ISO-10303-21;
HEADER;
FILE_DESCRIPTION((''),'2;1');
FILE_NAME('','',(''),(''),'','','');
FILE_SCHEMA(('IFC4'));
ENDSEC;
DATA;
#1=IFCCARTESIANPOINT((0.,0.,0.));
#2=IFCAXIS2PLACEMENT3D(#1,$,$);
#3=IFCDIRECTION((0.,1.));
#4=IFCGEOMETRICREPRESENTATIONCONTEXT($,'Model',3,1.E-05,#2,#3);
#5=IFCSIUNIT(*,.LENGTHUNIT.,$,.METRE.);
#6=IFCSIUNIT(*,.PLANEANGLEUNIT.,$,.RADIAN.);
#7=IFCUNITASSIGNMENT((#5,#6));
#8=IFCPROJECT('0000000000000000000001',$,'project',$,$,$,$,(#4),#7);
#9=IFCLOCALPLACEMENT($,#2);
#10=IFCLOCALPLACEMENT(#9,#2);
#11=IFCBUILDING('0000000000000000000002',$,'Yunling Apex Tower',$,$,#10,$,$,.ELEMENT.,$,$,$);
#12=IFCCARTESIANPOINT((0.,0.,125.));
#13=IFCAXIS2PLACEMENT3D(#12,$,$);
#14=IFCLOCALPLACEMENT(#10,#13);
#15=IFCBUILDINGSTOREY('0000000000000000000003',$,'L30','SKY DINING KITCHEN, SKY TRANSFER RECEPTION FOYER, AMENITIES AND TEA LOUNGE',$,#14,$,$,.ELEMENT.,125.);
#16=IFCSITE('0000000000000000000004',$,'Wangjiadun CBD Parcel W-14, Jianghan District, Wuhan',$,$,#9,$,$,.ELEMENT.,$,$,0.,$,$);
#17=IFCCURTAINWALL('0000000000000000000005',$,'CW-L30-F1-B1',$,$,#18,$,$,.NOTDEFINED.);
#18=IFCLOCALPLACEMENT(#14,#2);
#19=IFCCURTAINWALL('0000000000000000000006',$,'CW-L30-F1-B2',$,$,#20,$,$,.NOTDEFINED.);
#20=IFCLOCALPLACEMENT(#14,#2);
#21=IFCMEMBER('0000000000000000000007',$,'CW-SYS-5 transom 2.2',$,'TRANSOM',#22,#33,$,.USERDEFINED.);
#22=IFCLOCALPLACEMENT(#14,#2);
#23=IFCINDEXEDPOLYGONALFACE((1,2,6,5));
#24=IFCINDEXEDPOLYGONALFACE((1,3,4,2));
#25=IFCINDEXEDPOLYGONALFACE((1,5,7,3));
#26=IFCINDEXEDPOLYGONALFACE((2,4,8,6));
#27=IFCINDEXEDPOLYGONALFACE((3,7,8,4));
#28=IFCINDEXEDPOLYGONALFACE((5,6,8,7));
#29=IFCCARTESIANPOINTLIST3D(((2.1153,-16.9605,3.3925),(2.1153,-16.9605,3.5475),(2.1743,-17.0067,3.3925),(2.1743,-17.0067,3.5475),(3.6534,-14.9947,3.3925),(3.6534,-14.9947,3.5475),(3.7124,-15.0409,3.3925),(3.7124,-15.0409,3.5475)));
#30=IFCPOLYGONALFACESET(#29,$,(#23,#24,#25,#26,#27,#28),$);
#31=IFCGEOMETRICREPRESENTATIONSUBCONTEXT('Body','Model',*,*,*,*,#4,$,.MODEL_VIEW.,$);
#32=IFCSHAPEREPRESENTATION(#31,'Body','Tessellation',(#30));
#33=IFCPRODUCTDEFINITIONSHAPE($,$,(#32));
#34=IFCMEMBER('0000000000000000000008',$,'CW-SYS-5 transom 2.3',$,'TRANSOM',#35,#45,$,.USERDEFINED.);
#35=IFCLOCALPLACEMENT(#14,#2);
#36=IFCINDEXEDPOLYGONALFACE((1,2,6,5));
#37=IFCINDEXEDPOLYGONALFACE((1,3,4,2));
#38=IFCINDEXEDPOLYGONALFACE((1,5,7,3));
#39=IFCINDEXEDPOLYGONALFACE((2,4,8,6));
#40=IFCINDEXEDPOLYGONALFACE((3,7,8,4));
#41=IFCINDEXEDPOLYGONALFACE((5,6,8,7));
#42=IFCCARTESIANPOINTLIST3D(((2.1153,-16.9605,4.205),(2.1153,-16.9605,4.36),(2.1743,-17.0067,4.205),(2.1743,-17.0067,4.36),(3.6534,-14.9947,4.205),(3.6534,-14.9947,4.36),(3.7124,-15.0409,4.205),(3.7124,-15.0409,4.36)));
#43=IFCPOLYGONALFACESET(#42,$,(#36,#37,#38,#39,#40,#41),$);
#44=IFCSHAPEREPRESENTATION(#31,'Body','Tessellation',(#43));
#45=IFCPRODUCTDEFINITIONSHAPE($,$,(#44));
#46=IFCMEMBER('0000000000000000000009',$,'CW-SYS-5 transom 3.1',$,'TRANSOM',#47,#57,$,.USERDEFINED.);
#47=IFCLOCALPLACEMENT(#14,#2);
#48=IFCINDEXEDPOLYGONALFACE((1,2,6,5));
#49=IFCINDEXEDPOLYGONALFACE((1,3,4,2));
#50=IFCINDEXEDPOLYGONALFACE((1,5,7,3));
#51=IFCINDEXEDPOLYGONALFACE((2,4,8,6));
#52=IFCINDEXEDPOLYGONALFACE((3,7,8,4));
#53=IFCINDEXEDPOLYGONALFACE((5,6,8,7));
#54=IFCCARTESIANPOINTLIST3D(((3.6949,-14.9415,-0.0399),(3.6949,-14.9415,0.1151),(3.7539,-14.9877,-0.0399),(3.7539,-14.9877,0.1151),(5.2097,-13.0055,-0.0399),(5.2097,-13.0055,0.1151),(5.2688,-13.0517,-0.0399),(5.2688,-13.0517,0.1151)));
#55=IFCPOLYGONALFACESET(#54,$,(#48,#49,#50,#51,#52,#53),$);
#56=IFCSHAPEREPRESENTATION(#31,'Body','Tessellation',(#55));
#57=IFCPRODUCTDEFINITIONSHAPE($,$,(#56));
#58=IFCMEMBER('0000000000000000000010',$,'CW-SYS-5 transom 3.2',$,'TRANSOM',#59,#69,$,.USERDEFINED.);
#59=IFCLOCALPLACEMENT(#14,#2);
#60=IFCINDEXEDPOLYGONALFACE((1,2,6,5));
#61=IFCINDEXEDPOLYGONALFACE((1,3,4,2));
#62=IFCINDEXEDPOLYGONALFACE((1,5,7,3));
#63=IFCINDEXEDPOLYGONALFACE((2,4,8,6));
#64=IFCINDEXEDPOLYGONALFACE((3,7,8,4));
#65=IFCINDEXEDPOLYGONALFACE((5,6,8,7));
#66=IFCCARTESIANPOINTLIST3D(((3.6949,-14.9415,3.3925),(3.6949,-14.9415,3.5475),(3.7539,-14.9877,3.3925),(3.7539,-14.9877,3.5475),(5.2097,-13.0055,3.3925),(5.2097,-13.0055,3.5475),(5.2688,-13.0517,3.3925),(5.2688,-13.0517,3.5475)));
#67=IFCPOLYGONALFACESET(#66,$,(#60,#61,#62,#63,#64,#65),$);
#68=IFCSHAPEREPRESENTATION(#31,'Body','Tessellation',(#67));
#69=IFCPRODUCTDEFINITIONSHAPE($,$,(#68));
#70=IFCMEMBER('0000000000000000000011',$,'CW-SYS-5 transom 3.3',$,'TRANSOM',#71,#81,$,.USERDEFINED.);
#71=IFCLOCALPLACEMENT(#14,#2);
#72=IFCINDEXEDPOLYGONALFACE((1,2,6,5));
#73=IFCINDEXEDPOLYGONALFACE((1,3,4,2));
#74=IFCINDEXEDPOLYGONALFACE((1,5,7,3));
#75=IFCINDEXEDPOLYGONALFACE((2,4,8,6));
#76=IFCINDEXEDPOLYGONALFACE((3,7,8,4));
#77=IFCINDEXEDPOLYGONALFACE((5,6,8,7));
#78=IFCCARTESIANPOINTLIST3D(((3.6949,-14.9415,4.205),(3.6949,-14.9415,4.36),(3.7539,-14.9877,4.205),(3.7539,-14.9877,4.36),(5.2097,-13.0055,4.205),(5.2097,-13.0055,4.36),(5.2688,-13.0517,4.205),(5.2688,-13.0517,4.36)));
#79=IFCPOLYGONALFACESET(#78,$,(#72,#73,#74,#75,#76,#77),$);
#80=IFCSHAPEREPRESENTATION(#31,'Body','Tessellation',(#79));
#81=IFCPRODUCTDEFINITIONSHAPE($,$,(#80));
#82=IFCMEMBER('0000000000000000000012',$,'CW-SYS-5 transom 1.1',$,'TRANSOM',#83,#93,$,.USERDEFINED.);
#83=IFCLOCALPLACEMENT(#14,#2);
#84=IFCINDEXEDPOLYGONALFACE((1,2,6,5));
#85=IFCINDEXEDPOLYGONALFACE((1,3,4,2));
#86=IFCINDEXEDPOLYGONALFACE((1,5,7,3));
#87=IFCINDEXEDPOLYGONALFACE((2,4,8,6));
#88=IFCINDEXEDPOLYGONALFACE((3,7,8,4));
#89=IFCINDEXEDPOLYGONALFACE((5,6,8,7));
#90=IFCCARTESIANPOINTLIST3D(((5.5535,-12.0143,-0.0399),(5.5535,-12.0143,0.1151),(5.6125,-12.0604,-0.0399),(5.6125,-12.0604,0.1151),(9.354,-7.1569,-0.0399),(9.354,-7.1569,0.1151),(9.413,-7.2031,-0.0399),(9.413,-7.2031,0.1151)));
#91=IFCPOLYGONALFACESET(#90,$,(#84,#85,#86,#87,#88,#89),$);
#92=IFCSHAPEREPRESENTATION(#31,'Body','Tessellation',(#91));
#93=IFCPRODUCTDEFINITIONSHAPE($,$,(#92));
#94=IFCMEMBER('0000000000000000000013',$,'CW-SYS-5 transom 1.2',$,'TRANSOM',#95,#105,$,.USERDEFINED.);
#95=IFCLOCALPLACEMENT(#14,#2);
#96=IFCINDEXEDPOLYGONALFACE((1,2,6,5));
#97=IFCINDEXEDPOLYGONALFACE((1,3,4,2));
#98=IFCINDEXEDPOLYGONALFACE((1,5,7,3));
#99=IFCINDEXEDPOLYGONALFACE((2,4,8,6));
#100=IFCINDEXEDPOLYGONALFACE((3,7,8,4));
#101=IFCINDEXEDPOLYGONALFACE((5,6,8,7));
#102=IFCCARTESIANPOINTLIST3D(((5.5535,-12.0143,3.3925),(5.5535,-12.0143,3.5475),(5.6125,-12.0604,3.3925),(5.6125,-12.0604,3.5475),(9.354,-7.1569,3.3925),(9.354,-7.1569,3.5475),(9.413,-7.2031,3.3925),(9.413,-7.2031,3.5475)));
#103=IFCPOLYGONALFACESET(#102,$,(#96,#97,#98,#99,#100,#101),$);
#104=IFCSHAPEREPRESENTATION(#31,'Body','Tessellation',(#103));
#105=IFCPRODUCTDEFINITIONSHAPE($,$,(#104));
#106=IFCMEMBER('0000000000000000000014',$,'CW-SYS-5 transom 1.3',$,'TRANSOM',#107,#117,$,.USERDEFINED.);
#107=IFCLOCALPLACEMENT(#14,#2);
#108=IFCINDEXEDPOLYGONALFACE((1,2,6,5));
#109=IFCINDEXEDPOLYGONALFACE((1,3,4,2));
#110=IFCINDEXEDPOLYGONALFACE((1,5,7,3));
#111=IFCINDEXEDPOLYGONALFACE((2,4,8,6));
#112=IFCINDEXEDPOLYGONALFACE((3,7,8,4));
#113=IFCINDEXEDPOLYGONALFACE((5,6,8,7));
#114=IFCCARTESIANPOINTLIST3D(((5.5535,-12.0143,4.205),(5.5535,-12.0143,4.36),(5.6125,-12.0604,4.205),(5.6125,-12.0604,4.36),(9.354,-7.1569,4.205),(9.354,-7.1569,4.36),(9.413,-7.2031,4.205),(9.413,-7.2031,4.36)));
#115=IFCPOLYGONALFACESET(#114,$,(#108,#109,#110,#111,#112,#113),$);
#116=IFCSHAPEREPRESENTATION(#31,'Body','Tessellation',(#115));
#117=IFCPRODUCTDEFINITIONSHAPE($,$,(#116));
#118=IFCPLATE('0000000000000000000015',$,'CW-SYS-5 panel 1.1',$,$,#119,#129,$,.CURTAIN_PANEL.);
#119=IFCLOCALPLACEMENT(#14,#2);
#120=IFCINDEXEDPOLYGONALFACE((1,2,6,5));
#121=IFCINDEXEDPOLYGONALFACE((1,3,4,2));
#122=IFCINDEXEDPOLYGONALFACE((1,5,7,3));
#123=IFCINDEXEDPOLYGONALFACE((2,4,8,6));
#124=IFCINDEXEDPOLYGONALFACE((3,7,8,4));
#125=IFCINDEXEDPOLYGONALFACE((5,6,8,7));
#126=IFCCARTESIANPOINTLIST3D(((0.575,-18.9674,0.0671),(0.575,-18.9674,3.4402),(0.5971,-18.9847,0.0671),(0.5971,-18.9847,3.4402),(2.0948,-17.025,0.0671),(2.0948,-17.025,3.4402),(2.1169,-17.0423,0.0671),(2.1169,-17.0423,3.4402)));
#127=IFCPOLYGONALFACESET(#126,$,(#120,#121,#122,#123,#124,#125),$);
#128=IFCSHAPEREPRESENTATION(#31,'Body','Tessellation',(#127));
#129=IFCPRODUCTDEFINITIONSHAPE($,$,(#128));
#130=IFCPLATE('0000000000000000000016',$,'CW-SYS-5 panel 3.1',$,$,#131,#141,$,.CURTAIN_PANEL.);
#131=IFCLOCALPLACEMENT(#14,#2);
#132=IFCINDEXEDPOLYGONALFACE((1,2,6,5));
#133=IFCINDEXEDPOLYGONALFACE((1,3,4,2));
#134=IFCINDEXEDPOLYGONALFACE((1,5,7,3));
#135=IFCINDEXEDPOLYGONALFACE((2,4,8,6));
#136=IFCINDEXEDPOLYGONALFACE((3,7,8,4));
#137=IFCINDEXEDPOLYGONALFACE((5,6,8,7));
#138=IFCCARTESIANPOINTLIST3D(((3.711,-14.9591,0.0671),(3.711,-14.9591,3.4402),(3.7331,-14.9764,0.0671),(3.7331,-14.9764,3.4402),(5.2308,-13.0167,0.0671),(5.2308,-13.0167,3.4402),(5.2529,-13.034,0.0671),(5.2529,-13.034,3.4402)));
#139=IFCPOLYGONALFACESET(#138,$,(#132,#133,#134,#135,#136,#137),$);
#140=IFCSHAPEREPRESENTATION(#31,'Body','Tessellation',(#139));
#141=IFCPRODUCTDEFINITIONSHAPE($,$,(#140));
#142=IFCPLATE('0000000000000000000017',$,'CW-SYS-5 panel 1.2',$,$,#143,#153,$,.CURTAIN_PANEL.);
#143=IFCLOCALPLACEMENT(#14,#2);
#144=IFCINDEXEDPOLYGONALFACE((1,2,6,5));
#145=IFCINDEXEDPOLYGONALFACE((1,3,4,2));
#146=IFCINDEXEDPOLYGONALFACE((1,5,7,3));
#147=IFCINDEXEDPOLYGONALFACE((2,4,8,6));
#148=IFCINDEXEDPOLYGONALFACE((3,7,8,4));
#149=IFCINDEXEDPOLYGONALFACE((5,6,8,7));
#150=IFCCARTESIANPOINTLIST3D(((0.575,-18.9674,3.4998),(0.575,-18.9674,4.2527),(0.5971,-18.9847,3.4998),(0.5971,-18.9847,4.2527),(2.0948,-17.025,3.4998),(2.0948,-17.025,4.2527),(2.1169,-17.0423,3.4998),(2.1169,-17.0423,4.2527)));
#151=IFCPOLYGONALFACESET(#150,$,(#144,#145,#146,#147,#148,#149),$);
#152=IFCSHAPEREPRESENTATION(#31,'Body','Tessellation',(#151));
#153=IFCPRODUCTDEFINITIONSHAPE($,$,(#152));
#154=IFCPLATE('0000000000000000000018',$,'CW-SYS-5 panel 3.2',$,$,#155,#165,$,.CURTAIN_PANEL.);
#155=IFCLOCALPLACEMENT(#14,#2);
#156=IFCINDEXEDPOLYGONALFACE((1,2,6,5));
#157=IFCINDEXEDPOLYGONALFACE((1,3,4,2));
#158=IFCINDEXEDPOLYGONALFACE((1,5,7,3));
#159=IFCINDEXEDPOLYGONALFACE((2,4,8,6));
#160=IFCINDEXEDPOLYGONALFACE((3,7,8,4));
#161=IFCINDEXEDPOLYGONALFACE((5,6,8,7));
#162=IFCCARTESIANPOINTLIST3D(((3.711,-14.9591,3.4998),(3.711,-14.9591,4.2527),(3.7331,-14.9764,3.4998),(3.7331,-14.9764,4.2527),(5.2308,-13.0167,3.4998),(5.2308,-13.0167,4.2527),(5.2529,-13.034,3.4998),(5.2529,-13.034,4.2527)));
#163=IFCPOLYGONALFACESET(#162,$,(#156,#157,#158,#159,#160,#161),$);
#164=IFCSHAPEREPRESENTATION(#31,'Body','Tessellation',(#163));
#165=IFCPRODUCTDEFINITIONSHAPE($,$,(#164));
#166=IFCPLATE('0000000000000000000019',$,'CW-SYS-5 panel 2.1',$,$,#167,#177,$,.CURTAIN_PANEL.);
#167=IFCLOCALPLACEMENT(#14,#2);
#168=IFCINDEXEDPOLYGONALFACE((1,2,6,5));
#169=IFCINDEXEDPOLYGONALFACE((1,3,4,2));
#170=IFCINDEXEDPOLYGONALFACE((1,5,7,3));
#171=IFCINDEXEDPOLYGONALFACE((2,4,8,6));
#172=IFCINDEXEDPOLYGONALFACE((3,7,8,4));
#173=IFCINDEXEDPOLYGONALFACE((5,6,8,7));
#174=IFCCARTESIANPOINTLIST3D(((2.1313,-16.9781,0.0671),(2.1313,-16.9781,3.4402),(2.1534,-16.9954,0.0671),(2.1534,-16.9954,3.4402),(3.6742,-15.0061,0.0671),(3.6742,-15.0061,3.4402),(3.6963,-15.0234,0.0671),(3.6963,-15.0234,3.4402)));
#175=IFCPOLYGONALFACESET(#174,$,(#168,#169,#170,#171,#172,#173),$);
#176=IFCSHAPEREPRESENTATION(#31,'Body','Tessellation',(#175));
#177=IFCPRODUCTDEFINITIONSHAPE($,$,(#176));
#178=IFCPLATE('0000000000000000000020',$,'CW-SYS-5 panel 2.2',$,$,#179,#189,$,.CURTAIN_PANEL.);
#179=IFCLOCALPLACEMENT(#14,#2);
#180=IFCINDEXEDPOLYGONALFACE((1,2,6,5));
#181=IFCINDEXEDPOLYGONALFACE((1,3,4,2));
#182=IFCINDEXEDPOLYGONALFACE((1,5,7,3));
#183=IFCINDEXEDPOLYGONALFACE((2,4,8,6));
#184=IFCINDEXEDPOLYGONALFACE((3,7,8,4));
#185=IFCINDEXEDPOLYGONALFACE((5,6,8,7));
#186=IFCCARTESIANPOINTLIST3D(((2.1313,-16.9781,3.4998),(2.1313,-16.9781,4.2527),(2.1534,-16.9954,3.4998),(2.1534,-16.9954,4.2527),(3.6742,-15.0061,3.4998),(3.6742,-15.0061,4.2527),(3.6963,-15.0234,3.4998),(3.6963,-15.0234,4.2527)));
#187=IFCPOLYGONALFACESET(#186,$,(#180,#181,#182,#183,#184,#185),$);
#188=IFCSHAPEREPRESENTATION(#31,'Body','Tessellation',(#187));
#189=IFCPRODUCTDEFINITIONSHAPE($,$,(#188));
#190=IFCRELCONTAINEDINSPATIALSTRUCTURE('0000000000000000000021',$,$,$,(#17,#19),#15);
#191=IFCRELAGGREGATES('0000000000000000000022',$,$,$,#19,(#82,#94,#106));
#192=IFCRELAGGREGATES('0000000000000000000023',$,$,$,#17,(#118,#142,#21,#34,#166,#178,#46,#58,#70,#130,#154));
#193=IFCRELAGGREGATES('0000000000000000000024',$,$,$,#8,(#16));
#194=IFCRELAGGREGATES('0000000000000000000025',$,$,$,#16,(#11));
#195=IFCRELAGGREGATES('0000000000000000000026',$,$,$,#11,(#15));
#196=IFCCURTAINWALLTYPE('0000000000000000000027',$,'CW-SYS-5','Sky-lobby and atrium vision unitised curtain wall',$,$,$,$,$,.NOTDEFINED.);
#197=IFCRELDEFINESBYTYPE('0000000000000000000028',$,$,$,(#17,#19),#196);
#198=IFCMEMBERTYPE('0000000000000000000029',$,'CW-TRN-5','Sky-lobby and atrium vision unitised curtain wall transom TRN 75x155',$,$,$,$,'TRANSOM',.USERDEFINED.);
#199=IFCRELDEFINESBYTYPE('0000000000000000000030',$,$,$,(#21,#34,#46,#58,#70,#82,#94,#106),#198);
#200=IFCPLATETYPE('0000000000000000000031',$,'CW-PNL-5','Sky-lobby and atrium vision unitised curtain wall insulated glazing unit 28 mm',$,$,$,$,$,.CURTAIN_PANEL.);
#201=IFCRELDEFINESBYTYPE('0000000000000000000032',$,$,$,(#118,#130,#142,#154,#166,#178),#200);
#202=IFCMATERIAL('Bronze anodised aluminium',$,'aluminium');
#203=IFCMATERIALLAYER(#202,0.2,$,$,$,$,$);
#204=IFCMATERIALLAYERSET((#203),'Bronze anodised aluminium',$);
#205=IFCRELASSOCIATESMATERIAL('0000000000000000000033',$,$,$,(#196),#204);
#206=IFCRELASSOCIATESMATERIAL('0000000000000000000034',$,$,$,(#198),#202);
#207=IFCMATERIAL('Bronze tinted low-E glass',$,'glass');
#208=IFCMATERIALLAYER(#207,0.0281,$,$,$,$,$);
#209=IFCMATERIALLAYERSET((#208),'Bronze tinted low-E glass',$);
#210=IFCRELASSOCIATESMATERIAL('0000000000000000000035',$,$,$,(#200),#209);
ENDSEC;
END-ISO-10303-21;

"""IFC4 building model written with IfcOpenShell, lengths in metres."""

from ifc_helpers import new_model, si_unit, direction, frame, origin, origin_2d, place, context, subcontext, project, spatial, rectangle, extrude, source, transform, mapped, material, layer, layer_set, material_profile, profile_set, type_object, element, aggregate, save


model = new_model("IFC4")

# Units and contexts
model_context = context("Model", 3, precision=1e-05, world=origin(), true_north=direction((0.0, 1.0)))
body_context = subcontext(model_context, "Body", "Model", "MODEL_VIEW")
ifc_project = project(units=[si_unit("LENGTHUNIT", "METRE"), si_unit("PLANEANGLEUNIT", "RADIAN")], contexts=[model_context])

# Site, building, storey
site_placement = place(None, origin())
site = spatial("IfcSite", under=ifc_project, at=site_placement, Name="Wangjiadun CBD Parcel W-14, Jianghan District, Wuhan", CompositionType="ELEMENT", RefElevation=0.0)
building_placement = place(site_placement, origin())
building = spatial("IfcBuilding", under=site, at=building_placement, Name="Yunling Apex Tower", CompositionType="ELEMENT")
storey_placement = place(building_placement, frame((0.0, 0.0, 125.0)))
storey = spatial("IfcBuildingStorey", under=building, at=storey_placement, Name="L30", Description="SKY DINING KITCHEN, SKY TRANSFER RECEPTION FOYER, AMENITIES AND TEA LOUNGE", CompositionType="ELEMENT", Elevation=125.0)

# Curtain wall
ifc_material_1 = material(Name="Bronze anodised aluminium", Category="aluminium")
ifc_layer_1 = layer(ifc_material_1, 0.2)
ifc_layer_set_1 = layer_set([ifc_layer_1], Name="Bronze anodised aluminium")
curtain_wall_type = type_object("IfcCurtainWallType", Name="CW-SYS-5", Description="Sky-lobby and atrium vision unitised curtain wall", PredefinedType="NOTDEFINED", material=ifc_layer_set_1)
curtain_wall_1_placement = place(storey_placement, origin())
curtain_wall_1 = element("IfcCurtainWall", 1, at=curtain_wall_1_placement, inside=storey, type_object=curtain_wall_type, Name="CW-L30-F1-B1", PredefinedType="NOTDEFINED")

# Curtain wall
curtain_wall_2_placement = place(storey_placement, origin())
curtain_wall_2 = element("IfcCurtainWall", 2, at=curtain_wall_2_placement, inside=storey, type_object=curtain_wall_type, Name="CW-L30-F1-B2", PredefinedType="NOTDEFINED")

# Members
ifc_material_profile_1 = material_profile(ifc_material_1, rectangle(XDim=0.075, YDim=0.155, at=origin_2d()))
ifc_profile_set_1 = profile_set([ifc_material_profile_1], Name="Bronze anodised aluminium")
member_type_1 = type_object("IfcMemberType", Name="CW-TRN-5", Description="Sky-lobby and atrium vision unitised curtain wall transom TRN 75x155", ElementType="TRANSOM", PredefinedType="USERDEFINED", material=ifc_profile_set_1)
shared_shape_1 = source(origin(), body_context, "Body", "SweptSolid", [
    extrude(rectangle(XDim=0.075, YDim=0.155, at=origin_2d()), origin(), (0.0, 0.0, 1.0), 2.4961),
])
member_1_placement = place(storey_placement, frame((2.1448, -16.9836, 3.47), z_axis=(0.616213, 0.787579, 0.0), x_axis=(-0.787579, 0.616213, 0.0)))
member_1 = element("IfcMember", 3, at=member_1_placement, type_object=member_type_1, Name="CW-SYS-5 transom 2.2", ObjectType="TRANSOM", PredefinedType="USERDEFINED", context=body_context, shape_type="MappedRepresentation", body=[
    mapped(shared_shape_1, transform((0.0, 0.0, 0.0), scale=1.0)),
])
member_2_placement = place(storey_placement, frame((2.1448, -16.9836, 4.2825), z_axis=(0.616213, 0.787579, 0.0), x_axis=(-0.787579, 0.616213, 0.0)))
member_2 = element("IfcMember", 4, at=member_2_placement, type_object=member_type_1, Name="CW-SYS-5 transom 2.3", ObjectType="TRANSOM", PredefinedType="USERDEFINED", context=body_context, shape_type="MappedRepresentation", body=[
    mapped(shared_shape_1, transform((0.0, 0.0, 0.0), scale=1.0)),
])
shared_shape_2 = source(origin(), body_context, "Body", "SweptSolid", [
    extrude(rectangle(XDim=0.075, YDim=0.155, at=origin_2d()), origin(), (0.0, 0.0, 1.0), 2.4583),
])
member_3_placement = place(storey_placement, frame((3.7244, -14.9646, 0.0376), z_axis=(0.616241, 0.787557, 0.0), x_axis=(-0.787557, 0.616241, 0.0)))
member_3 = element("IfcMember", 5, at=member_3_placement, type_object=member_type_1, Name="CW-SYS-5 transom 3.1", ObjectType="TRANSOM", PredefinedType="USERDEFINED", context=body_context, shape_type="MappedRepresentation", body=[
    mapped(shared_shape_2, transform((0.0, 0.0, 0.0), scale=1.0)),
])
member_4_placement = place(storey_placement, frame((3.7244, -14.9646, 3.47), z_axis=(0.616241, 0.787557, 0.0), x_axis=(-0.787557, 0.616241, 0.0)))
member_4 = element("IfcMember", 6, at=member_4_placement, type_object=member_type_1, Name="CW-SYS-5 transom 3.2", ObjectType="TRANSOM", PredefinedType="USERDEFINED", context=body_context, shape_type="MappedRepresentation", body=[
    mapped(shared_shape_2, transform((0.0, 0.0, 0.0), scale=1.0)),
])
member_5_placement = place(storey_placement, frame((3.7244, -14.9646, 4.2825), z_axis=(0.616241, 0.787557, 0.0), x_axis=(-0.787557, 0.616241, 0.0)))
member_5 = element("IfcMember", 7, at=member_5_placement, type_object=member_type_1, Name="CW-SYS-5 transom 3.3", ObjectType="TRANSOM", PredefinedType="USERDEFINED", context=body_context, shape_type="MappedRepresentation", body=[
    mapped(shared_shape_2, transform((0.0, 0.0, 0.0), scale=1.0)),
])
shared_shape_3 = source(origin(), body_context, "Body", "SweptSolid", [
    extrude(rectangle(XDim=0.075, YDim=0.155, at=origin_2d()), origin(), (0.0, 0.0, 1.0), 6.1675),
])
member_6_placement = place(storey_placement, frame((5.583, -12.0374, 0.0376), z_axis=(0.616215, 0.787578, 0.0), x_axis=(-0.787578, 0.616215, 0.0)))
member_6 = element("IfcMember", 8, at=member_6_placement, type_object=member_type_1, Name="CW-SYS-5 transom 1.1", ObjectType="TRANSOM", PredefinedType="USERDEFINED", context=body_context, shape_type="MappedRepresentation", body=[
    mapped(shared_shape_3, transform((0.0, 0.0, 0.0), scale=1.0)),
])
member_7_placement = place(storey_placement, frame((5.583, -12.0374, 3.47), z_axis=(0.616215, 0.787578, 0.0), x_axis=(-0.787578, 0.616215, 0.0)))
member_7 = element("IfcMember", 9, at=member_7_placement, type_object=member_type_1, Name="CW-SYS-5 transom 1.2", ObjectType="TRANSOM", PredefinedType="USERDEFINED", context=body_context, shape_type="MappedRepresentation", body=[
    mapped(shared_shape_3, transform((0.0, 0.0, 0.0), scale=1.0)),
])
member_8_placement = place(storey_placement, frame((5.583, -12.0374, 4.2825), z_axis=(0.616215, 0.787578, 0.0), x_axis=(-0.787578, 0.616215, 0.0)))
member_8 = element("IfcMember", 10, at=member_8_placement, type_object=member_type_1, Name="CW-SYS-5 transom 1.3", ObjectType="TRANSOM", PredefinedType="USERDEFINED", context=body_context, shape_type="MappedRepresentation", body=[
    mapped(shared_shape_3, transform((0.0, 0.0, 0.0), scale=1.0)),
])
aggregate(curtain_wall_2, [member_6, member_7, member_8])

# Plates
ifc_material_2 = material(Name="Bronze tinted low-E glass", Category="glass")
ifc_layer_2 = layer(ifc_material_2, 0.0281)
ifc_layer_set_2 = layer_set([ifc_layer_2], Name="Bronze tinted low-E glass")
plate_type = type_object("IfcPlateType", Name="CW-PNL-5", Description="Sky-lobby and atrium vision unitised curtain wall insulated glazing unit 28 mm", PredefinedType="CURTAIN_PANEL", material=ifc_layer_set_2)
shared_shape_4 = source(origin(), body_context, "Body", "SweptSolid", [
    extrude(rectangle(XDim=2.4663, YDim=0.0281, at=origin_2d()), origin(), (0.0, 0.0, 1.0), 3.373),
])
plate_1_placement = place(storey_placement, frame((1.3459, -18.0049, 0.0671), z_axis=(0.0, 0.0, 1.0), x_axis=(0.616208, 0.787584, 0.0)))
plate_1 = element("IfcPlate", 11, at=plate_1_placement, type_object=plate_type, Name="CW-SYS-5 panel 1.1", PredefinedType="CURTAIN_PANEL", context=body_context, shape_type="MappedRepresentation", body=[
    mapped(shared_shape_4, transform((0.0, 0.0, 0.0), scale=1.0)),
])
plate_2_placement = place(storey_placement, frame((4.4819, -13.9966, 0.0671), z_axis=(0.0, 0.0, 1.0), x_axis=(0.616208, 0.787584, 0.0)))
plate_2 = element("IfcPlate", 12, at=plate_2_placement, type_object=plate_type, Name="CW-SYS-5 panel 3.1", PredefinedType="CURTAIN_PANEL", context=body_context, shape_type="MappedRepresentation", body=[
    mapped(shared_shape_4, transform((0.0, 0.0, 0.0), scale=1.0)),
])
shared_shape_5 = source(origin(), body_context, "Body", "SweptSolid", [
    extrude(rectangle(XDim=2.4663, YDim=0.0281, at=origin_2d()), origin(), (0.0, 0.0, 1.0), 0.7529),
])
plate_3_placement = place(storey_placement, frame((1.3459, -18.0049, 3.4998), z_axis=(0.0, 0.0, 1.0), x_axis=(0.616208, 0.787584, 0.0)))
plate_3 = element("IfcPlate", 13, at=plate_3_placement, type_object=plate_type, Name="CW-SYS-5 panel 1.2", PredefinedType="CURTAIN_PANEL", context=body_context, shape_type="MappedRepresentation", body=[
    mapped(shared_shape_5, transform((0.0, 0.0, 0.0), scale=1.0)),
])
plate_4_placement = place(storey_placement, frame((4.4819, -13.9966, 3.4998), z_axis=(0.0, 0.0, 1.0), x_axis=(0.616208, 0.787584, 0.0)))
plate_4 = element("IfcPlate", 14, at=plate_4_placement, type_object=plate_type, Name="CW-SYS-5 panel 3.2", PredefinedType="CURTAIN_PANEL", context=body_context, shape_type="MappedRepresentation", body=[
    mapped(shared_shape_5, transform((0.0, 0.0, 0.0), scale=1.0)),
])
shared_shape_6 = source(origin(), body_context, "Body", "SweptSolid", [
    extrude(rectangle(XDim=2.5039, YDim=0.0281, at=origin_2d()), origin(), (0.0, 0.0, 1.0), 3.373),
])
plate_5_placement = place(storey_placement, frame((2.9138, -16.0007, 0.0671), z_axis=(0.0, 0.0, 1.0), x_axis=(0.616208, 0.787584, 0.0)))
plate_5 = element("IfcPlate", 15, at=plate_5_placement, type_object=plate_type, Name="CW-SYS-5 panel 2.1", PredefinedType="CURTAIN_PANEL", context=body_context, shape_type="MappedRepresentation", body=[
    mapped(shared_shape_6, transform((0.0, 0.0, 0.0), scale=1.0)),
])
shared_shape_7 = source(origin(), body_context, "Body", "SweptSolid", [
    extrude(rectangle(XDim=2.5039, YDim=0.0281, at=origin_2d()), origin(), (0.0, 0.0, 1.0), 0.7529),
])
plate_6_placement = place(storey_placement, frame((2.9138, -16.0007, 3.4998), z_axis=(0.0, 0.0, 1.0), x_axis=(0.616208, 0.787584, 0.0)))
plate_6 = element("IfcPlate", 16, at=plate_6_placement, type_object=plate_type, Name="CW-SYS-5 panel 2.2", PredefinedType="CURTAIN_PANEL", context=body_context, shape_type="MappedRepresentation", body=[
    mapped(shared_shape_7, transform((0.0, 0.0, 0.0), scale=1.0)),
])
aggregate(curtain_wall_1, [plate_1, plate_3, member_1, member_2, plate_5, plate_6, member_3, member_4, member_5, plate_2, plate_4])

save(model, "model.ifc")
